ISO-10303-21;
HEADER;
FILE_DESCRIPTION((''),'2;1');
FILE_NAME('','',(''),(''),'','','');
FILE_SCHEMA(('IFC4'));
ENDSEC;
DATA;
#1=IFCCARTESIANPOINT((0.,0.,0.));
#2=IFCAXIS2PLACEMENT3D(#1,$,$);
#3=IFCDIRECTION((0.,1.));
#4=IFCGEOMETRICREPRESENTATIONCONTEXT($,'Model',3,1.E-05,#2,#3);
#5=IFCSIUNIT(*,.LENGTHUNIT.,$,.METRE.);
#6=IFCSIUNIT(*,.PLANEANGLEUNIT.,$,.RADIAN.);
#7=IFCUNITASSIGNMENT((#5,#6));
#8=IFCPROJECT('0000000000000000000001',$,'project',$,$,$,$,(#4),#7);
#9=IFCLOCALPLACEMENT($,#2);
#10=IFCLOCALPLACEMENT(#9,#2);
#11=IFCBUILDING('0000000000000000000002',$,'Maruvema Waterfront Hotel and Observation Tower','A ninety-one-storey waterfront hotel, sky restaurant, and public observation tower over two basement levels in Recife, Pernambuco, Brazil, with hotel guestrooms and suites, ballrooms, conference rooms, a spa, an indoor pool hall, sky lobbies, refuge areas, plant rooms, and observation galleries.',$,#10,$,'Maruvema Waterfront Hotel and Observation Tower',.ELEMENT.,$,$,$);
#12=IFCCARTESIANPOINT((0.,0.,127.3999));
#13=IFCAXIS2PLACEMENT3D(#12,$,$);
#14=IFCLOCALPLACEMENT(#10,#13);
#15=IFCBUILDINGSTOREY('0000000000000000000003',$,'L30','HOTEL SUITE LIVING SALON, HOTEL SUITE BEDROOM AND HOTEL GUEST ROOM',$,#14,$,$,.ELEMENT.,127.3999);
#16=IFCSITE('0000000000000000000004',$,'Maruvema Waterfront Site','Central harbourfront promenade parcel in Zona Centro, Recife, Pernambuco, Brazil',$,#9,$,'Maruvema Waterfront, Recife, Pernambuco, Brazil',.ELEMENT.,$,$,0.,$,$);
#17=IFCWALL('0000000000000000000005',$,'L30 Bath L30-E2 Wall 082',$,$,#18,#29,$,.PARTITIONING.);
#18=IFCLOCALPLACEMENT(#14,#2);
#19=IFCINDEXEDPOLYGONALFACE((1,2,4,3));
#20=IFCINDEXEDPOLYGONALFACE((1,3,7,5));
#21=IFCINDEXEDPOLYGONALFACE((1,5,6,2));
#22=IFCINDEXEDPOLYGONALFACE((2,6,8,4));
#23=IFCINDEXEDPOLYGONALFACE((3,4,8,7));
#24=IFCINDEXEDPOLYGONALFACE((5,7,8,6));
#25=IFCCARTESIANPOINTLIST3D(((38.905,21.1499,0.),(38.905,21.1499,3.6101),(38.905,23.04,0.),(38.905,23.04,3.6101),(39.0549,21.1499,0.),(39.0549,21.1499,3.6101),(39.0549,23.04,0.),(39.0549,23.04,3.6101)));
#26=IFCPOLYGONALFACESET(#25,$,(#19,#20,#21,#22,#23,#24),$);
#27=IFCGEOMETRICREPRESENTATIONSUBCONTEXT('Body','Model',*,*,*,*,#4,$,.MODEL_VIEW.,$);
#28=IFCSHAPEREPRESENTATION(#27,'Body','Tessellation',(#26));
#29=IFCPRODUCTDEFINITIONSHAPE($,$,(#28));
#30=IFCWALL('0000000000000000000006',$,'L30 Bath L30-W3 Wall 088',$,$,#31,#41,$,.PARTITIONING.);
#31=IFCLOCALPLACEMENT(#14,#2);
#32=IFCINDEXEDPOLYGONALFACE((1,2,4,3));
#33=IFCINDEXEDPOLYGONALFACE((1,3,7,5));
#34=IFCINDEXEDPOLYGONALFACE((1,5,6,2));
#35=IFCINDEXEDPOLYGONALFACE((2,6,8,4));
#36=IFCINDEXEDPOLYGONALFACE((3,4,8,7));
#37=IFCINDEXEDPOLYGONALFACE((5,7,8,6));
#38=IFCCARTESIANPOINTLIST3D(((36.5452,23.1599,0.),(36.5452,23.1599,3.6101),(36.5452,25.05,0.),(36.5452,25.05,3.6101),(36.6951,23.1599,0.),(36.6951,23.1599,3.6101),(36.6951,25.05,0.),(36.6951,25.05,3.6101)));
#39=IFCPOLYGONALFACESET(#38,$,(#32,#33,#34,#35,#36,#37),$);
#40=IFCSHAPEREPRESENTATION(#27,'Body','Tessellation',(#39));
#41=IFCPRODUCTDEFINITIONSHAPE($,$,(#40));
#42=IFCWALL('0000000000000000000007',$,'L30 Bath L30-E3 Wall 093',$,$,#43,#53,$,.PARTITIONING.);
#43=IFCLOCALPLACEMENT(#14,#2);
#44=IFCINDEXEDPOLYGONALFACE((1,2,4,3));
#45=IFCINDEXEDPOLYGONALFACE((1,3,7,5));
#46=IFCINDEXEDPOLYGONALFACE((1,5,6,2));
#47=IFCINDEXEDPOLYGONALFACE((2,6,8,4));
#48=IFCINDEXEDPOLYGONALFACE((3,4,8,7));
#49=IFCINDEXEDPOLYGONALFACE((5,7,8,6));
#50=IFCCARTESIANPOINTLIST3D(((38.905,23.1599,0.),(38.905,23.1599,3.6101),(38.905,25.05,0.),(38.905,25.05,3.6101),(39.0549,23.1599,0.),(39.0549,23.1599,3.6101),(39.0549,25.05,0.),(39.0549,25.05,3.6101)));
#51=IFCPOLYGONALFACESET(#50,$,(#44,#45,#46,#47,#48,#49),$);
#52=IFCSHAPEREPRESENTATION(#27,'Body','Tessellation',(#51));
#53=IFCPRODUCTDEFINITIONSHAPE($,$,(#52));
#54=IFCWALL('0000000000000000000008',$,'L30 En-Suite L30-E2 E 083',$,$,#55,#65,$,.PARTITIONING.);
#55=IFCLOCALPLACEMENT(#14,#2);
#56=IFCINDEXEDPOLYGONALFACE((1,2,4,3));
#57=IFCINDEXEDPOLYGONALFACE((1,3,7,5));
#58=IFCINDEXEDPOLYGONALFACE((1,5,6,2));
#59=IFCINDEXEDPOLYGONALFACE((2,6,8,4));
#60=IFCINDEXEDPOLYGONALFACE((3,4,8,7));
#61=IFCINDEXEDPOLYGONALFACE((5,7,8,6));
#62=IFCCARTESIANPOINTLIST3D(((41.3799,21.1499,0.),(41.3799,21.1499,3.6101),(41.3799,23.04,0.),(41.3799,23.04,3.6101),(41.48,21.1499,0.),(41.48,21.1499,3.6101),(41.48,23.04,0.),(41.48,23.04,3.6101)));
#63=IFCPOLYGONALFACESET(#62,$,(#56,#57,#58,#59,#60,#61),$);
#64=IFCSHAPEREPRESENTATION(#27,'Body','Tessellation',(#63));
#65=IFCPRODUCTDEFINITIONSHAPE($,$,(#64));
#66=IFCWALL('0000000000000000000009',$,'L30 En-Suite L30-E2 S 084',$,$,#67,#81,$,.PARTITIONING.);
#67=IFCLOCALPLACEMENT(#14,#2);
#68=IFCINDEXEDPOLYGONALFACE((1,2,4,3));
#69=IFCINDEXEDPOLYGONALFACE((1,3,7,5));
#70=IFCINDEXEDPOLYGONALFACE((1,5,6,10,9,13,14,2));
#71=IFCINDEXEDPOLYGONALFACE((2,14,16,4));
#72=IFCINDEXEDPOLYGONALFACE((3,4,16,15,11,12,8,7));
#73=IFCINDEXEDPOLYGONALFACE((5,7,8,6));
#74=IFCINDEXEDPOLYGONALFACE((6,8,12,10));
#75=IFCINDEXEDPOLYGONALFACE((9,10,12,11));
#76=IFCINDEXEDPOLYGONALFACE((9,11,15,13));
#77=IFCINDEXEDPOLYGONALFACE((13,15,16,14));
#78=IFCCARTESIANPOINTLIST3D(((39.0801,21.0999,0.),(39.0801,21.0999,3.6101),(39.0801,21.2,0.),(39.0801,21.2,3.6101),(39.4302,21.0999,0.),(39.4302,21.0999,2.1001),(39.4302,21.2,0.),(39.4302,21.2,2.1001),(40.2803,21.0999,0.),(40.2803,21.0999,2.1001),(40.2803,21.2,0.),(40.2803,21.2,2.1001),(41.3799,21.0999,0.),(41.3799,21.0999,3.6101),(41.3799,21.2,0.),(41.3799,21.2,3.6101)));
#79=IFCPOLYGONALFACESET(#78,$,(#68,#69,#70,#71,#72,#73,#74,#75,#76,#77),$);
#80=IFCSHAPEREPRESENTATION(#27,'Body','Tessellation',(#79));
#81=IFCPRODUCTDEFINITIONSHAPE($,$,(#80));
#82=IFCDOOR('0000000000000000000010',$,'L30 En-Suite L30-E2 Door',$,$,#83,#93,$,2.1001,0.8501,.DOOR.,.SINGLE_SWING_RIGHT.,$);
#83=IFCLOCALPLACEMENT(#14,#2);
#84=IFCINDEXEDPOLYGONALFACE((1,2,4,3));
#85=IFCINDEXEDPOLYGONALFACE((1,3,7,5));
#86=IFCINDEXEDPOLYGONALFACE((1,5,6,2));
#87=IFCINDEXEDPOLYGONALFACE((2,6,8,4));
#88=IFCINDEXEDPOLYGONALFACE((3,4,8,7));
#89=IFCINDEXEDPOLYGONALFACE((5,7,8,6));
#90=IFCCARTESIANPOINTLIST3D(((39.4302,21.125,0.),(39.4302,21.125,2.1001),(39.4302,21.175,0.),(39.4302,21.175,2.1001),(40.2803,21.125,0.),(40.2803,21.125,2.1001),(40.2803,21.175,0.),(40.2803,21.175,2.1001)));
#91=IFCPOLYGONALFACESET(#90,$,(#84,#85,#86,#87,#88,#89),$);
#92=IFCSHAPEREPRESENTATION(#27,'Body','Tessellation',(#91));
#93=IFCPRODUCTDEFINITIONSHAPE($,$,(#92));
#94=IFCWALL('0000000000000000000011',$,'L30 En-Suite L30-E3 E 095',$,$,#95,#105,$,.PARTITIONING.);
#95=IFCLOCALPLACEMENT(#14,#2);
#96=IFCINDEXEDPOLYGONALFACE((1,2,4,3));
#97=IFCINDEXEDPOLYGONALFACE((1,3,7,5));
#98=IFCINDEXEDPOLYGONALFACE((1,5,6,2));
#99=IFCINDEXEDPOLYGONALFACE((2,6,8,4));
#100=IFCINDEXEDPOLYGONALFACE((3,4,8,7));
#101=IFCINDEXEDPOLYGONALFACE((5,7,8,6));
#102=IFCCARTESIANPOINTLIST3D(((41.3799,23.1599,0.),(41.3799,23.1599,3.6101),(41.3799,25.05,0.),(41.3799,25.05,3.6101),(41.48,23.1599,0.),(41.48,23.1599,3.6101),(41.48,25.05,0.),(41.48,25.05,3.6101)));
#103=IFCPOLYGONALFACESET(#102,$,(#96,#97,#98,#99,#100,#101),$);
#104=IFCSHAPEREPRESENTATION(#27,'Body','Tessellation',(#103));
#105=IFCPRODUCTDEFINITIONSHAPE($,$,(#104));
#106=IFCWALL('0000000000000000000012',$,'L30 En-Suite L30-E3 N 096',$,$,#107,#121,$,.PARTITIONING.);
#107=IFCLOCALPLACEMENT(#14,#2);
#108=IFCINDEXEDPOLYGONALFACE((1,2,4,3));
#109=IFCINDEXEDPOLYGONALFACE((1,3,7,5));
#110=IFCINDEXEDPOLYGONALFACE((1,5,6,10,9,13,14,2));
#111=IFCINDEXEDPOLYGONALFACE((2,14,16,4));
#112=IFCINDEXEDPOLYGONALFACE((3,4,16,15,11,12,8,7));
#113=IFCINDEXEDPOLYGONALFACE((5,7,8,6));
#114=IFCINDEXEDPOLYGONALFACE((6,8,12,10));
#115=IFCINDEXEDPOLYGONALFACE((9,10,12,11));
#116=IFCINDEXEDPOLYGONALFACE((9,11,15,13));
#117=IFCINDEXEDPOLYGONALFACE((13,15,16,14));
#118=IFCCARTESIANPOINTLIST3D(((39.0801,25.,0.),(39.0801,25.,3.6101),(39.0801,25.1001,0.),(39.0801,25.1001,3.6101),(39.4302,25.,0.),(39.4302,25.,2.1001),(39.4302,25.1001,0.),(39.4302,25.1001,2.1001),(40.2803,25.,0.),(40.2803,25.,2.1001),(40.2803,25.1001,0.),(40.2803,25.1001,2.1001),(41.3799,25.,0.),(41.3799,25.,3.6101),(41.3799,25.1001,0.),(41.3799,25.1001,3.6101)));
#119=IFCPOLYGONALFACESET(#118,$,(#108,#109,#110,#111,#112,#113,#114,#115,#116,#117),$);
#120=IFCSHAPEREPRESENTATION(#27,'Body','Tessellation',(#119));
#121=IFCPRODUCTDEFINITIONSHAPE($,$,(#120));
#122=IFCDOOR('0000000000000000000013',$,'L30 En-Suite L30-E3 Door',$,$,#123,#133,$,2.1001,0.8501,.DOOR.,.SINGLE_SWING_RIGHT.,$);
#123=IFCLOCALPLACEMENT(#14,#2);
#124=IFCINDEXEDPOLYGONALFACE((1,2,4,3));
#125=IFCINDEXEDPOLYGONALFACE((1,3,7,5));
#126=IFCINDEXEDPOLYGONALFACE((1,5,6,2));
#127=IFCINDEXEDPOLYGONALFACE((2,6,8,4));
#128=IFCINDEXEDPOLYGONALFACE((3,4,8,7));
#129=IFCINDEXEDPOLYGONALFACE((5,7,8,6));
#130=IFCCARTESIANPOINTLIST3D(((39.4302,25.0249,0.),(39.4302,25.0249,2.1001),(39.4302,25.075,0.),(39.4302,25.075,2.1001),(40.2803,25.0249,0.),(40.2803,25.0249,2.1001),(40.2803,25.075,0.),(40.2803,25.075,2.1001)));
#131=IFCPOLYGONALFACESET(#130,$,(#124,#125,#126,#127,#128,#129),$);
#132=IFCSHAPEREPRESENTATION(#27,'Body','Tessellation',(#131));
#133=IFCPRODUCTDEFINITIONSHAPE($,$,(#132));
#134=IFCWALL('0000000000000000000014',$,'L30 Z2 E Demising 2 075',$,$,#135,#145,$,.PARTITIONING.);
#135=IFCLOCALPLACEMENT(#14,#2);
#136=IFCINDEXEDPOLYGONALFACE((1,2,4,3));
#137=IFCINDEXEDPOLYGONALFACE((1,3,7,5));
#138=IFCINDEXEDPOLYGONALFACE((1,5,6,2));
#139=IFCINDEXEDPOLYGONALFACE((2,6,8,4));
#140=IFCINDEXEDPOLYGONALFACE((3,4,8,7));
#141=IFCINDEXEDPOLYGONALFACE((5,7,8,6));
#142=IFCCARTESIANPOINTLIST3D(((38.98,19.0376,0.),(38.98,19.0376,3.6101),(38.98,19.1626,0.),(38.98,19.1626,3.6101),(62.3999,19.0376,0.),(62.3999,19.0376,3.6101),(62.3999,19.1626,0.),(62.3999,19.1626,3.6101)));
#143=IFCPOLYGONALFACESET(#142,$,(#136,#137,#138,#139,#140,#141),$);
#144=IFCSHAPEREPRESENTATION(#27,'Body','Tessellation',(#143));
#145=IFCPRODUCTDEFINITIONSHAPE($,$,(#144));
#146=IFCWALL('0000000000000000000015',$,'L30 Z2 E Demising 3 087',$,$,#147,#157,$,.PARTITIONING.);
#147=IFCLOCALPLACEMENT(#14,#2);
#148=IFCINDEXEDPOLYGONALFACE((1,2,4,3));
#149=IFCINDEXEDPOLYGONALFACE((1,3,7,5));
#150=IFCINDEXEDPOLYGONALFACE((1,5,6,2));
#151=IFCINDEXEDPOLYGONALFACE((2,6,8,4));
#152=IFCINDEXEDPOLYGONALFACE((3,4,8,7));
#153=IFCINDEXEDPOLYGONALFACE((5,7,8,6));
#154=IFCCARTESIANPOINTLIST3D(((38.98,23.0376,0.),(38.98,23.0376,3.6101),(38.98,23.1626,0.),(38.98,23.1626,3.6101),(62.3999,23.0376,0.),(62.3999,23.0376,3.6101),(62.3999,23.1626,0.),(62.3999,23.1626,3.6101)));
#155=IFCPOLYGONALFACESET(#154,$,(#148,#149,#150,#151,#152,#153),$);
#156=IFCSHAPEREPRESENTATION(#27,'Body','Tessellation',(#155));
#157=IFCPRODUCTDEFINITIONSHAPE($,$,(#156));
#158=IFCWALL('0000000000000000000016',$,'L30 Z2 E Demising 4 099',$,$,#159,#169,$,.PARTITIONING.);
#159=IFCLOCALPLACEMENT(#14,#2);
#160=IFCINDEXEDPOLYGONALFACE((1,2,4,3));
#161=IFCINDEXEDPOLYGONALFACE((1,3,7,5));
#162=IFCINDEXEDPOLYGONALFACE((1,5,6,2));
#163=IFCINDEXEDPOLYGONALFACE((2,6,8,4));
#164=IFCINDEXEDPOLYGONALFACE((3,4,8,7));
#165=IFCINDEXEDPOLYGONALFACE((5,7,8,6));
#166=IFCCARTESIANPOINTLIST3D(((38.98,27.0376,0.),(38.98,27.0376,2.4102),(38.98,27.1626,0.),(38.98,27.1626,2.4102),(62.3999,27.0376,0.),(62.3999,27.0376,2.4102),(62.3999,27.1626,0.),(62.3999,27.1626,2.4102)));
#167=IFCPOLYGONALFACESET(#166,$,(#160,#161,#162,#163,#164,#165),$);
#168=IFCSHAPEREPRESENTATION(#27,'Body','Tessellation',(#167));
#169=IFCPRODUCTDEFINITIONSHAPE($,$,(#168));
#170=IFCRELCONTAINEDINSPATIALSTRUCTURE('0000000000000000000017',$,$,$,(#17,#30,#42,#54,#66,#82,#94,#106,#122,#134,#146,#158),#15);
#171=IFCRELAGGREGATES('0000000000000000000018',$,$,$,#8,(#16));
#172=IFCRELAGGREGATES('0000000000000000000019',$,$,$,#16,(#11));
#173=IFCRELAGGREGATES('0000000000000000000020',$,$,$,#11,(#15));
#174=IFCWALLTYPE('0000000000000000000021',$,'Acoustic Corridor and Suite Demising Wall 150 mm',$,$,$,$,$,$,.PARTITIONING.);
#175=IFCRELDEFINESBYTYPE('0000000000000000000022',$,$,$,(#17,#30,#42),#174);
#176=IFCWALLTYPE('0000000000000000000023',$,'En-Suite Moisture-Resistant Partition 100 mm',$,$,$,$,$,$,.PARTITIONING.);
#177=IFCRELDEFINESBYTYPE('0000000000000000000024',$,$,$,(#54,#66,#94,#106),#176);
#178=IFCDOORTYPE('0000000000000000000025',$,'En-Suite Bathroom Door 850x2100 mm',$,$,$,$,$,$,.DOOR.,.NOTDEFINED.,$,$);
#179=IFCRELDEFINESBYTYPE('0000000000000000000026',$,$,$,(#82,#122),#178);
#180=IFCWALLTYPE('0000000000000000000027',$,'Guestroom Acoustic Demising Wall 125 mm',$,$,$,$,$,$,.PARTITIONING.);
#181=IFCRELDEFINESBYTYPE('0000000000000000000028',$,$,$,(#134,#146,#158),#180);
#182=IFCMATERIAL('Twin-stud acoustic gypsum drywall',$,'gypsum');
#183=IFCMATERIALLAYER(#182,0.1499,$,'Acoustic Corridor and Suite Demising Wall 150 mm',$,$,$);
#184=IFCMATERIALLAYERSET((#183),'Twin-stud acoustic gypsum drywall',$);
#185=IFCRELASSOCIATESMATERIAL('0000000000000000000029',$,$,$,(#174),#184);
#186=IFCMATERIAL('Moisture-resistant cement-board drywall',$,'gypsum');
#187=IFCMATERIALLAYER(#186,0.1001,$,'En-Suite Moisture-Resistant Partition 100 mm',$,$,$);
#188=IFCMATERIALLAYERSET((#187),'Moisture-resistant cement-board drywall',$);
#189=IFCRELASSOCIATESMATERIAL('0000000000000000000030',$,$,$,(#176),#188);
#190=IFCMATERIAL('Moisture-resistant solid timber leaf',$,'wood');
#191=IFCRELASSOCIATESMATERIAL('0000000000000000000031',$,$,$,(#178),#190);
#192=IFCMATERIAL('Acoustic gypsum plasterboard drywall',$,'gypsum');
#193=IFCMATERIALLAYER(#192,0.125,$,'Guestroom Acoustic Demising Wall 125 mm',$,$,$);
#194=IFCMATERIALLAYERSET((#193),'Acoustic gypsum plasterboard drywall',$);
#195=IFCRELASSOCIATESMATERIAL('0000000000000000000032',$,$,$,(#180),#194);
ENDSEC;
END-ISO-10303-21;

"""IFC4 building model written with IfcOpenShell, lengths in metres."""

from ifc_helpers import new_model, si_unit, direction, frame, frame_2d, origin, place, context, subcontext, project, spatial, rectangle, extrude, material, layer, layer_set, type_object, element, fill, save


model = new_model("IFC4")

# Units and contexts
model_context = context("Model", 3, precision=1e-05, world=origin(), true_north=direction((0.0, 1.0)))
body_context = subcontext(model_context, "Body", "Model", "MODEL_VIEW")
ifc_project = project(units=[si_unit("LENGTHUNIT", "METRE"), si_unit("PLANEANGLEUNIT", "RADIAN")], contexts=[model_context])

# Site, building, storey
site_placement = place(None, origin())
site = spatial("IfcSite", under=ifc_project, at=site_placement, Name="Maruvema Waterfront Site", Description="Central harbourfront promenade parcel in Zona Centro, Recife, Pernambuco, Brazil", LongName="Maruvema Waterfront, Recife, Pernambuco, Brazil", CompositionType="ELEMENT", RefElevation=0.0)
building_placement = place(site_placement, origin())
building = spatial("IfcBuilding", under=site, at=building_placement, Name="Maruvema Waterfront Hotel and Observation Tower", Description="A ninety-one-storey waterfront hotel, sky restaurant, and public observation tower over two basement levels in Recife, Pernambuco, Brazil, with hotel guestrooms and suites, ballrooms, conference rooms, a spa, an indoor pool hall, sky lobbies, refuge areas, plant rooms, and observation galleries.", LongName="Maruvema Waterfront Hotel and Observation Tower", CompositionType="ELEMENT")
storey_placement = place(building_placement, frame((0.0, 0.0, 127.3999)))
storey = spatial("IfcBuildingStorey", under=building, at=storey_placement, Name="L30", Description="HOTEL SUITE LIVING SALON, HOTEL SUITE BEDROOM AND HOTEL GUEST ROOM", CompositionType="ELEMENT", Elevation=127.3999)

# Shared definitions
ifc_material_1 = material(Name="Twin-stud acoustic gypsum drywall", Category="gypsum")
ifc_layer_1 = layer(ifc_material_1, 0.1499, Name="Acoustic Corridor and Suite Demising Wall 150 mm")
ifc_layer_set_1 = layer_set([ifc_layer_1], Name="Twin-stud acoustic gypsum drywall")
wall_type_1 = type_object("IfcWallType", Name="Acoustic Corridor and Suite Demising Wall 150 mm", PredefinedType="PARTITIONING", material=ifc_layer_set_1)

# Walls
for number, where, z_axis, x_axis, name in (
    (1, (38.98, 21.1499, 0.0), (0.0, 0.0, 1.0), (0.0, 1.0, 0.0), "L30 Bath L30-E2 Wall 082"),
    (2, (36.6201, 23.1599, 0.0), (0.0, 0.0, 1.0), (0.0, 1.0, 0.0), "L30 Bath L30-W3 Wall 088"),
):
    element("IfcWall", number, at=place(storey_placement, frame(where, z_axis=z_axis, x_axis=x_axis)), inside=storey, type_object=wall_type_1, Name=name, PredefinedType="PARTITIONING", context=body_context, shape_type="SweptSolid", body=[
        extrude(rectangle(XDim=1.8901, YDim=0.1499, at=frame_2d((0.9451, 0.0))), origin(), (0.0, 0.0, 1.0), 3.6101),
    ])

# Wall
wall_1_placement = place(storey_placement, frame((38.98, 23.1599, 0.0), z_axis=(0.0, 0.0, 1.0), x_axis=(0.0, 1.0, 0.0)))
element("IfcWall", 3, at=wall_1_placement, inside=storey, type_object=wall_type_1, Name="L30 Bath L30-E3 Wall 093", PredefinedType="PARTITIONING", context=body_context, shape_type="SweptSolid", body=[
    extrude(rectangle(XDim=1.8901, YDim=0.1499, at=frame_2d((0.9451, 0.0))), origin(), (0.0, 0.0, 1.0), 3.6101),
])

# Wall
ifc_material_2 = material(Name="Moisture-resistant cement-board drywall", Category="gypsum")
ifc_layer_2 = layer(ifc_material_2, 0.1001, Name="En-Suite Moisture-Resistant Partition 100 mm")
ifc_layer_set_2 = layer_set([ifc_layer_2], Name="Moisture-resistant cement-board drywall")
wall_type_2 = type_object("IfcWallType", Name="En-Suite Moisture-Resistant Partition 100 mm", PredefinedType="PARTITIONING", material=ifc_layer_set_2)
wall_2_placement = place(storey_placement, frame((41.4299, 21.1499, 0.0), z_axis=(0.0, 0.0, 1.0), x_axis=(0.0, 1.0, 0.0)))
element("IfcWall", 4, at=wall_2_placement, inside=storey, type_object=wall_type_2, Name="L30 En-Suite L30-E2 E 083", PredefinedType="PARTITIONING", context=body_context, shape_type="SweptSolid", body=[
    extrude(rectangle(XDim=1.8901, YDim=0.1001, at=frame_2d((0.9451, 0.0))), origin(), (0.0, 0.0, 1.0), 3.6101),
])

# Wall, opening, door
wall_3_placement = place(storey_placement, frame((39.0801, 21.1499, 0.0), z_axis=(0.0, 0.0, 1.0), x_axis=(1.0, 0.0, 0.0)))
wall_3 = element("IfcWall", 5, at=wall_3_placement, inside=storey, type_object=wall_type_2, Name="L30 En-Suite L30-E2 S 084", PredefinedType="PARTITIONING", context=body_context, shape_type="SweptSolid", body=[
    extrude(rectangle(XDim=2.2998, YDim=0.1001, at=frame_2d((1.1499, 0.0))), origin(), (0.0, 0.0, 1.0), 3.6101),
])
opening_1_placement = place(wall_3_placement, frame((0.3501, 0.0, 0.0)))
opening_1 = element("IfcOpeningElement", 6, at=opening_1_placement, cuts=wall_3, PredefinedType="OPENING", context=body_context, shape_type="SweptSolid", body=[
    extrude(rectangle(XDim=0.8501, YDim=2.1001, at=frame_2d((0.425, 1.05))), frame((0.0, 0.0601, 0.0), z_axis=(0.0, -1.0, 0.0), x_axis=(1.0, 0.0, 0.0)), (0.0, 0.0, 1.0), 0.1201),
])
ifc_material_3 = material(Name="Moisture-resistant solid timber leaf", Category="wood")
door_type_1 = type_object("IfcDoorType", Name="En-Suite Bathroom Door 850x2100 mm", OperationType="NOTDEFINED", PredefinedType="DOOR", material=ifc_material_3)
door_1_placement = place(opening_1_placement, frame((0.8501, 0.0, 0.0), z_axis=(0.0, 0.0, 1.0), x_axis=(-1.0, 0.0, 0.0)))
door_1 = element("IfcDoor", 7, at=door_1_placement, inside=storey, type_object=door_type_1, Name="L30 En-Suite L30-E2 Door", OperationType="SINGLE_SWING_RIGHT", OverallHeight=2.1001, OverallWidth=0.8501, PredefinedType="DOOR", context=body_context, shape_type="SweptSolid", body=[
    extrude(rectangle(XDim=0.8501, YDim=2.1001, at=frame_2d((0.425, 1.05))), frame((0.0, 0.0249, 0.0), z_axis=(0.0, -1.0, 0.0), x_axis=(1.0, 0.0, 0.0)), (0.0, 0.0, 1.0), 0.05),
])
fill(opening_1, door_1)

# Wall
wall_4_placement = place(storey_placement, frame((41.4299, 23.1599, 0.0), z_axis=(0.0, 0.0, 1.0), x_axis=(0.0, 1.0, 0.0)))
element("IfcWall", 8, at=wall_4_placement, inside=storey, type_object=wall_type_2, Name="L30 En-Suite L30-E3 E 095", PredefinedType="PARTITIONING", context=body_context, shape_type="SweptSolid", body=[
    extrude(rectangle(XDim=1.8901, YDim=0.1001, at=frame_2d((0.9451, 0.0))), origin(), (0.0, 0.0, 1.0), 3.6101),
])

# Wall, opening, door
wall_5_placement = place(storey_placement, frame((39.0801, 25.05, 0.0), z_axis=(0.0, 0.0, 1.0), x_axis=(1.0, 0.0, 0.0)))
wall_5 = element("IfcWall", 9, at=wall_5_placement, inside=storey, type_object=wall_type_2, Name="L30 En-Suite L30-E3 N 096", PredefinedType="PARTITIONING", context=body_context, shape_type="SweptSolid", body=[
    extrude(rectangle(XDim=2.2998, YDim=0.1001, at=frame_2d((1.1499, 0.0))), origin(), (0.0, 0.0, 1.0), 3.6101),
])
opening_2_placement = place(wall_5_placement, frame((0.3501, 0.0, 0.0)))
opening_2 = element("IfcOpeningElement", 10, at=opening_2_placement, cuts=wall_5, PredefinedType="OPENING", context=body_context, shape_type="SweptSolid", body=[
    extrude(rectangle(XDim=0.8501, YDim=2.1001, at=frame_2d((0.425, 1.05))), frame((0.0, 0.0601, 0.0), z_axis=(0.0, -1.0, 0.0), x_axis=(1.0, 0.0, 0.0)), (0.0, 0.0, 1.0), 0.1201),
])
door_2_placement = place(opening_2_placement, origin())
door_2 = element("IfcDoor", 11, at=door_2_placement, inside=storey, type_object=door_type_1, Name="L30 En-Suite L30-E3 Door", OperationType="SINGLE_SWING_RIGHT", OverallHeight=2.1001, OverallWidth=0.8501, PredefinedType="DOOR", context=body_context, shape_type="SweptSolid", body=[
    extrude(rectangle(XDim=0.8501, YDim=2.1001, at=frame_2d((0.425, 1.05))), frame((0.0, 0.0249, 0.0), z_axis=(0.0, -1.0, 0.0), x_axis=(1.0, 0.0, 0.0)), (0.0, 0.0, 1.0), 0.05),
])
fill(opening_2, door_2)

# Walls
ifc_material_4 = material(Name="Acoustic gypsum plasterboard drywall", Category="gypsum")
ifc_layer_3 = layer(ifc_material_4, 0.125, Name="Guestroom Acoustic Demising Wall 125 mm")
ifc_layer_set_3 = layer_set([ifc_layer_3], Name="Acoustic gypsum plasterboard drywall")
wall_type_3 = type_object("IfcWallType", Name="Guestroom Acoustic Demising Wall 125 mm", PredefinedType="PARTITIONING", material=ifc_layer_set_3)
for number, where, z_axis, x_axis, name in (
    (12, (38.98, 19.1001, 0.0), (0.0, 0.0, 1.0), (1.0, 0.0, 0.0), "L30 Z2 E Demising 2 075"),
    (13, (38.98, 23.1001, 0.0), (0.0, 0.0, 1.0), (1.0, 0.0, 0.0), "L30 Z2 E Demising 3 087"),
):
    element("IfcWall", number, at=place(storey_placement, frame(where, z_axis=z_axis, x_axis=x_axis)), inside=storey, type_object=wall_type_3, Name=name, PredefinedType="PARTITIONING", context=body_context, shape_type="SweptSolid", body=[
        extrude(rectangle(XDim=23.4199, YDim=0.125, at=frame_2d((11.71, 0.0))), origin(), (0.0, 0.0, 1.0), 3.6101),
    ])
wall_6_placement = place(storey_placement, frame((38.98, 27.1001, 0.0), z_axis=(0.0, 0.0, 1.0), x_axis=(1.0, 0.0, 0.0)))
element("IfcWall", 14, at=wall_6_placement, inside=storey, type_object=wall_type_3, Name="L30 Z2 E Demising 4 099", PredefinedType="PARTITIONING", context=body_context, shape_type="SweptSolid", body=[
    extrude(rectangle(XDim=23.4199, YDim=0.125, at=frame_2d((11.71, 0.0))), origin(), (0.0, 0.0, 1.0), 2.4102),
])

save(model, "model.ifc")
